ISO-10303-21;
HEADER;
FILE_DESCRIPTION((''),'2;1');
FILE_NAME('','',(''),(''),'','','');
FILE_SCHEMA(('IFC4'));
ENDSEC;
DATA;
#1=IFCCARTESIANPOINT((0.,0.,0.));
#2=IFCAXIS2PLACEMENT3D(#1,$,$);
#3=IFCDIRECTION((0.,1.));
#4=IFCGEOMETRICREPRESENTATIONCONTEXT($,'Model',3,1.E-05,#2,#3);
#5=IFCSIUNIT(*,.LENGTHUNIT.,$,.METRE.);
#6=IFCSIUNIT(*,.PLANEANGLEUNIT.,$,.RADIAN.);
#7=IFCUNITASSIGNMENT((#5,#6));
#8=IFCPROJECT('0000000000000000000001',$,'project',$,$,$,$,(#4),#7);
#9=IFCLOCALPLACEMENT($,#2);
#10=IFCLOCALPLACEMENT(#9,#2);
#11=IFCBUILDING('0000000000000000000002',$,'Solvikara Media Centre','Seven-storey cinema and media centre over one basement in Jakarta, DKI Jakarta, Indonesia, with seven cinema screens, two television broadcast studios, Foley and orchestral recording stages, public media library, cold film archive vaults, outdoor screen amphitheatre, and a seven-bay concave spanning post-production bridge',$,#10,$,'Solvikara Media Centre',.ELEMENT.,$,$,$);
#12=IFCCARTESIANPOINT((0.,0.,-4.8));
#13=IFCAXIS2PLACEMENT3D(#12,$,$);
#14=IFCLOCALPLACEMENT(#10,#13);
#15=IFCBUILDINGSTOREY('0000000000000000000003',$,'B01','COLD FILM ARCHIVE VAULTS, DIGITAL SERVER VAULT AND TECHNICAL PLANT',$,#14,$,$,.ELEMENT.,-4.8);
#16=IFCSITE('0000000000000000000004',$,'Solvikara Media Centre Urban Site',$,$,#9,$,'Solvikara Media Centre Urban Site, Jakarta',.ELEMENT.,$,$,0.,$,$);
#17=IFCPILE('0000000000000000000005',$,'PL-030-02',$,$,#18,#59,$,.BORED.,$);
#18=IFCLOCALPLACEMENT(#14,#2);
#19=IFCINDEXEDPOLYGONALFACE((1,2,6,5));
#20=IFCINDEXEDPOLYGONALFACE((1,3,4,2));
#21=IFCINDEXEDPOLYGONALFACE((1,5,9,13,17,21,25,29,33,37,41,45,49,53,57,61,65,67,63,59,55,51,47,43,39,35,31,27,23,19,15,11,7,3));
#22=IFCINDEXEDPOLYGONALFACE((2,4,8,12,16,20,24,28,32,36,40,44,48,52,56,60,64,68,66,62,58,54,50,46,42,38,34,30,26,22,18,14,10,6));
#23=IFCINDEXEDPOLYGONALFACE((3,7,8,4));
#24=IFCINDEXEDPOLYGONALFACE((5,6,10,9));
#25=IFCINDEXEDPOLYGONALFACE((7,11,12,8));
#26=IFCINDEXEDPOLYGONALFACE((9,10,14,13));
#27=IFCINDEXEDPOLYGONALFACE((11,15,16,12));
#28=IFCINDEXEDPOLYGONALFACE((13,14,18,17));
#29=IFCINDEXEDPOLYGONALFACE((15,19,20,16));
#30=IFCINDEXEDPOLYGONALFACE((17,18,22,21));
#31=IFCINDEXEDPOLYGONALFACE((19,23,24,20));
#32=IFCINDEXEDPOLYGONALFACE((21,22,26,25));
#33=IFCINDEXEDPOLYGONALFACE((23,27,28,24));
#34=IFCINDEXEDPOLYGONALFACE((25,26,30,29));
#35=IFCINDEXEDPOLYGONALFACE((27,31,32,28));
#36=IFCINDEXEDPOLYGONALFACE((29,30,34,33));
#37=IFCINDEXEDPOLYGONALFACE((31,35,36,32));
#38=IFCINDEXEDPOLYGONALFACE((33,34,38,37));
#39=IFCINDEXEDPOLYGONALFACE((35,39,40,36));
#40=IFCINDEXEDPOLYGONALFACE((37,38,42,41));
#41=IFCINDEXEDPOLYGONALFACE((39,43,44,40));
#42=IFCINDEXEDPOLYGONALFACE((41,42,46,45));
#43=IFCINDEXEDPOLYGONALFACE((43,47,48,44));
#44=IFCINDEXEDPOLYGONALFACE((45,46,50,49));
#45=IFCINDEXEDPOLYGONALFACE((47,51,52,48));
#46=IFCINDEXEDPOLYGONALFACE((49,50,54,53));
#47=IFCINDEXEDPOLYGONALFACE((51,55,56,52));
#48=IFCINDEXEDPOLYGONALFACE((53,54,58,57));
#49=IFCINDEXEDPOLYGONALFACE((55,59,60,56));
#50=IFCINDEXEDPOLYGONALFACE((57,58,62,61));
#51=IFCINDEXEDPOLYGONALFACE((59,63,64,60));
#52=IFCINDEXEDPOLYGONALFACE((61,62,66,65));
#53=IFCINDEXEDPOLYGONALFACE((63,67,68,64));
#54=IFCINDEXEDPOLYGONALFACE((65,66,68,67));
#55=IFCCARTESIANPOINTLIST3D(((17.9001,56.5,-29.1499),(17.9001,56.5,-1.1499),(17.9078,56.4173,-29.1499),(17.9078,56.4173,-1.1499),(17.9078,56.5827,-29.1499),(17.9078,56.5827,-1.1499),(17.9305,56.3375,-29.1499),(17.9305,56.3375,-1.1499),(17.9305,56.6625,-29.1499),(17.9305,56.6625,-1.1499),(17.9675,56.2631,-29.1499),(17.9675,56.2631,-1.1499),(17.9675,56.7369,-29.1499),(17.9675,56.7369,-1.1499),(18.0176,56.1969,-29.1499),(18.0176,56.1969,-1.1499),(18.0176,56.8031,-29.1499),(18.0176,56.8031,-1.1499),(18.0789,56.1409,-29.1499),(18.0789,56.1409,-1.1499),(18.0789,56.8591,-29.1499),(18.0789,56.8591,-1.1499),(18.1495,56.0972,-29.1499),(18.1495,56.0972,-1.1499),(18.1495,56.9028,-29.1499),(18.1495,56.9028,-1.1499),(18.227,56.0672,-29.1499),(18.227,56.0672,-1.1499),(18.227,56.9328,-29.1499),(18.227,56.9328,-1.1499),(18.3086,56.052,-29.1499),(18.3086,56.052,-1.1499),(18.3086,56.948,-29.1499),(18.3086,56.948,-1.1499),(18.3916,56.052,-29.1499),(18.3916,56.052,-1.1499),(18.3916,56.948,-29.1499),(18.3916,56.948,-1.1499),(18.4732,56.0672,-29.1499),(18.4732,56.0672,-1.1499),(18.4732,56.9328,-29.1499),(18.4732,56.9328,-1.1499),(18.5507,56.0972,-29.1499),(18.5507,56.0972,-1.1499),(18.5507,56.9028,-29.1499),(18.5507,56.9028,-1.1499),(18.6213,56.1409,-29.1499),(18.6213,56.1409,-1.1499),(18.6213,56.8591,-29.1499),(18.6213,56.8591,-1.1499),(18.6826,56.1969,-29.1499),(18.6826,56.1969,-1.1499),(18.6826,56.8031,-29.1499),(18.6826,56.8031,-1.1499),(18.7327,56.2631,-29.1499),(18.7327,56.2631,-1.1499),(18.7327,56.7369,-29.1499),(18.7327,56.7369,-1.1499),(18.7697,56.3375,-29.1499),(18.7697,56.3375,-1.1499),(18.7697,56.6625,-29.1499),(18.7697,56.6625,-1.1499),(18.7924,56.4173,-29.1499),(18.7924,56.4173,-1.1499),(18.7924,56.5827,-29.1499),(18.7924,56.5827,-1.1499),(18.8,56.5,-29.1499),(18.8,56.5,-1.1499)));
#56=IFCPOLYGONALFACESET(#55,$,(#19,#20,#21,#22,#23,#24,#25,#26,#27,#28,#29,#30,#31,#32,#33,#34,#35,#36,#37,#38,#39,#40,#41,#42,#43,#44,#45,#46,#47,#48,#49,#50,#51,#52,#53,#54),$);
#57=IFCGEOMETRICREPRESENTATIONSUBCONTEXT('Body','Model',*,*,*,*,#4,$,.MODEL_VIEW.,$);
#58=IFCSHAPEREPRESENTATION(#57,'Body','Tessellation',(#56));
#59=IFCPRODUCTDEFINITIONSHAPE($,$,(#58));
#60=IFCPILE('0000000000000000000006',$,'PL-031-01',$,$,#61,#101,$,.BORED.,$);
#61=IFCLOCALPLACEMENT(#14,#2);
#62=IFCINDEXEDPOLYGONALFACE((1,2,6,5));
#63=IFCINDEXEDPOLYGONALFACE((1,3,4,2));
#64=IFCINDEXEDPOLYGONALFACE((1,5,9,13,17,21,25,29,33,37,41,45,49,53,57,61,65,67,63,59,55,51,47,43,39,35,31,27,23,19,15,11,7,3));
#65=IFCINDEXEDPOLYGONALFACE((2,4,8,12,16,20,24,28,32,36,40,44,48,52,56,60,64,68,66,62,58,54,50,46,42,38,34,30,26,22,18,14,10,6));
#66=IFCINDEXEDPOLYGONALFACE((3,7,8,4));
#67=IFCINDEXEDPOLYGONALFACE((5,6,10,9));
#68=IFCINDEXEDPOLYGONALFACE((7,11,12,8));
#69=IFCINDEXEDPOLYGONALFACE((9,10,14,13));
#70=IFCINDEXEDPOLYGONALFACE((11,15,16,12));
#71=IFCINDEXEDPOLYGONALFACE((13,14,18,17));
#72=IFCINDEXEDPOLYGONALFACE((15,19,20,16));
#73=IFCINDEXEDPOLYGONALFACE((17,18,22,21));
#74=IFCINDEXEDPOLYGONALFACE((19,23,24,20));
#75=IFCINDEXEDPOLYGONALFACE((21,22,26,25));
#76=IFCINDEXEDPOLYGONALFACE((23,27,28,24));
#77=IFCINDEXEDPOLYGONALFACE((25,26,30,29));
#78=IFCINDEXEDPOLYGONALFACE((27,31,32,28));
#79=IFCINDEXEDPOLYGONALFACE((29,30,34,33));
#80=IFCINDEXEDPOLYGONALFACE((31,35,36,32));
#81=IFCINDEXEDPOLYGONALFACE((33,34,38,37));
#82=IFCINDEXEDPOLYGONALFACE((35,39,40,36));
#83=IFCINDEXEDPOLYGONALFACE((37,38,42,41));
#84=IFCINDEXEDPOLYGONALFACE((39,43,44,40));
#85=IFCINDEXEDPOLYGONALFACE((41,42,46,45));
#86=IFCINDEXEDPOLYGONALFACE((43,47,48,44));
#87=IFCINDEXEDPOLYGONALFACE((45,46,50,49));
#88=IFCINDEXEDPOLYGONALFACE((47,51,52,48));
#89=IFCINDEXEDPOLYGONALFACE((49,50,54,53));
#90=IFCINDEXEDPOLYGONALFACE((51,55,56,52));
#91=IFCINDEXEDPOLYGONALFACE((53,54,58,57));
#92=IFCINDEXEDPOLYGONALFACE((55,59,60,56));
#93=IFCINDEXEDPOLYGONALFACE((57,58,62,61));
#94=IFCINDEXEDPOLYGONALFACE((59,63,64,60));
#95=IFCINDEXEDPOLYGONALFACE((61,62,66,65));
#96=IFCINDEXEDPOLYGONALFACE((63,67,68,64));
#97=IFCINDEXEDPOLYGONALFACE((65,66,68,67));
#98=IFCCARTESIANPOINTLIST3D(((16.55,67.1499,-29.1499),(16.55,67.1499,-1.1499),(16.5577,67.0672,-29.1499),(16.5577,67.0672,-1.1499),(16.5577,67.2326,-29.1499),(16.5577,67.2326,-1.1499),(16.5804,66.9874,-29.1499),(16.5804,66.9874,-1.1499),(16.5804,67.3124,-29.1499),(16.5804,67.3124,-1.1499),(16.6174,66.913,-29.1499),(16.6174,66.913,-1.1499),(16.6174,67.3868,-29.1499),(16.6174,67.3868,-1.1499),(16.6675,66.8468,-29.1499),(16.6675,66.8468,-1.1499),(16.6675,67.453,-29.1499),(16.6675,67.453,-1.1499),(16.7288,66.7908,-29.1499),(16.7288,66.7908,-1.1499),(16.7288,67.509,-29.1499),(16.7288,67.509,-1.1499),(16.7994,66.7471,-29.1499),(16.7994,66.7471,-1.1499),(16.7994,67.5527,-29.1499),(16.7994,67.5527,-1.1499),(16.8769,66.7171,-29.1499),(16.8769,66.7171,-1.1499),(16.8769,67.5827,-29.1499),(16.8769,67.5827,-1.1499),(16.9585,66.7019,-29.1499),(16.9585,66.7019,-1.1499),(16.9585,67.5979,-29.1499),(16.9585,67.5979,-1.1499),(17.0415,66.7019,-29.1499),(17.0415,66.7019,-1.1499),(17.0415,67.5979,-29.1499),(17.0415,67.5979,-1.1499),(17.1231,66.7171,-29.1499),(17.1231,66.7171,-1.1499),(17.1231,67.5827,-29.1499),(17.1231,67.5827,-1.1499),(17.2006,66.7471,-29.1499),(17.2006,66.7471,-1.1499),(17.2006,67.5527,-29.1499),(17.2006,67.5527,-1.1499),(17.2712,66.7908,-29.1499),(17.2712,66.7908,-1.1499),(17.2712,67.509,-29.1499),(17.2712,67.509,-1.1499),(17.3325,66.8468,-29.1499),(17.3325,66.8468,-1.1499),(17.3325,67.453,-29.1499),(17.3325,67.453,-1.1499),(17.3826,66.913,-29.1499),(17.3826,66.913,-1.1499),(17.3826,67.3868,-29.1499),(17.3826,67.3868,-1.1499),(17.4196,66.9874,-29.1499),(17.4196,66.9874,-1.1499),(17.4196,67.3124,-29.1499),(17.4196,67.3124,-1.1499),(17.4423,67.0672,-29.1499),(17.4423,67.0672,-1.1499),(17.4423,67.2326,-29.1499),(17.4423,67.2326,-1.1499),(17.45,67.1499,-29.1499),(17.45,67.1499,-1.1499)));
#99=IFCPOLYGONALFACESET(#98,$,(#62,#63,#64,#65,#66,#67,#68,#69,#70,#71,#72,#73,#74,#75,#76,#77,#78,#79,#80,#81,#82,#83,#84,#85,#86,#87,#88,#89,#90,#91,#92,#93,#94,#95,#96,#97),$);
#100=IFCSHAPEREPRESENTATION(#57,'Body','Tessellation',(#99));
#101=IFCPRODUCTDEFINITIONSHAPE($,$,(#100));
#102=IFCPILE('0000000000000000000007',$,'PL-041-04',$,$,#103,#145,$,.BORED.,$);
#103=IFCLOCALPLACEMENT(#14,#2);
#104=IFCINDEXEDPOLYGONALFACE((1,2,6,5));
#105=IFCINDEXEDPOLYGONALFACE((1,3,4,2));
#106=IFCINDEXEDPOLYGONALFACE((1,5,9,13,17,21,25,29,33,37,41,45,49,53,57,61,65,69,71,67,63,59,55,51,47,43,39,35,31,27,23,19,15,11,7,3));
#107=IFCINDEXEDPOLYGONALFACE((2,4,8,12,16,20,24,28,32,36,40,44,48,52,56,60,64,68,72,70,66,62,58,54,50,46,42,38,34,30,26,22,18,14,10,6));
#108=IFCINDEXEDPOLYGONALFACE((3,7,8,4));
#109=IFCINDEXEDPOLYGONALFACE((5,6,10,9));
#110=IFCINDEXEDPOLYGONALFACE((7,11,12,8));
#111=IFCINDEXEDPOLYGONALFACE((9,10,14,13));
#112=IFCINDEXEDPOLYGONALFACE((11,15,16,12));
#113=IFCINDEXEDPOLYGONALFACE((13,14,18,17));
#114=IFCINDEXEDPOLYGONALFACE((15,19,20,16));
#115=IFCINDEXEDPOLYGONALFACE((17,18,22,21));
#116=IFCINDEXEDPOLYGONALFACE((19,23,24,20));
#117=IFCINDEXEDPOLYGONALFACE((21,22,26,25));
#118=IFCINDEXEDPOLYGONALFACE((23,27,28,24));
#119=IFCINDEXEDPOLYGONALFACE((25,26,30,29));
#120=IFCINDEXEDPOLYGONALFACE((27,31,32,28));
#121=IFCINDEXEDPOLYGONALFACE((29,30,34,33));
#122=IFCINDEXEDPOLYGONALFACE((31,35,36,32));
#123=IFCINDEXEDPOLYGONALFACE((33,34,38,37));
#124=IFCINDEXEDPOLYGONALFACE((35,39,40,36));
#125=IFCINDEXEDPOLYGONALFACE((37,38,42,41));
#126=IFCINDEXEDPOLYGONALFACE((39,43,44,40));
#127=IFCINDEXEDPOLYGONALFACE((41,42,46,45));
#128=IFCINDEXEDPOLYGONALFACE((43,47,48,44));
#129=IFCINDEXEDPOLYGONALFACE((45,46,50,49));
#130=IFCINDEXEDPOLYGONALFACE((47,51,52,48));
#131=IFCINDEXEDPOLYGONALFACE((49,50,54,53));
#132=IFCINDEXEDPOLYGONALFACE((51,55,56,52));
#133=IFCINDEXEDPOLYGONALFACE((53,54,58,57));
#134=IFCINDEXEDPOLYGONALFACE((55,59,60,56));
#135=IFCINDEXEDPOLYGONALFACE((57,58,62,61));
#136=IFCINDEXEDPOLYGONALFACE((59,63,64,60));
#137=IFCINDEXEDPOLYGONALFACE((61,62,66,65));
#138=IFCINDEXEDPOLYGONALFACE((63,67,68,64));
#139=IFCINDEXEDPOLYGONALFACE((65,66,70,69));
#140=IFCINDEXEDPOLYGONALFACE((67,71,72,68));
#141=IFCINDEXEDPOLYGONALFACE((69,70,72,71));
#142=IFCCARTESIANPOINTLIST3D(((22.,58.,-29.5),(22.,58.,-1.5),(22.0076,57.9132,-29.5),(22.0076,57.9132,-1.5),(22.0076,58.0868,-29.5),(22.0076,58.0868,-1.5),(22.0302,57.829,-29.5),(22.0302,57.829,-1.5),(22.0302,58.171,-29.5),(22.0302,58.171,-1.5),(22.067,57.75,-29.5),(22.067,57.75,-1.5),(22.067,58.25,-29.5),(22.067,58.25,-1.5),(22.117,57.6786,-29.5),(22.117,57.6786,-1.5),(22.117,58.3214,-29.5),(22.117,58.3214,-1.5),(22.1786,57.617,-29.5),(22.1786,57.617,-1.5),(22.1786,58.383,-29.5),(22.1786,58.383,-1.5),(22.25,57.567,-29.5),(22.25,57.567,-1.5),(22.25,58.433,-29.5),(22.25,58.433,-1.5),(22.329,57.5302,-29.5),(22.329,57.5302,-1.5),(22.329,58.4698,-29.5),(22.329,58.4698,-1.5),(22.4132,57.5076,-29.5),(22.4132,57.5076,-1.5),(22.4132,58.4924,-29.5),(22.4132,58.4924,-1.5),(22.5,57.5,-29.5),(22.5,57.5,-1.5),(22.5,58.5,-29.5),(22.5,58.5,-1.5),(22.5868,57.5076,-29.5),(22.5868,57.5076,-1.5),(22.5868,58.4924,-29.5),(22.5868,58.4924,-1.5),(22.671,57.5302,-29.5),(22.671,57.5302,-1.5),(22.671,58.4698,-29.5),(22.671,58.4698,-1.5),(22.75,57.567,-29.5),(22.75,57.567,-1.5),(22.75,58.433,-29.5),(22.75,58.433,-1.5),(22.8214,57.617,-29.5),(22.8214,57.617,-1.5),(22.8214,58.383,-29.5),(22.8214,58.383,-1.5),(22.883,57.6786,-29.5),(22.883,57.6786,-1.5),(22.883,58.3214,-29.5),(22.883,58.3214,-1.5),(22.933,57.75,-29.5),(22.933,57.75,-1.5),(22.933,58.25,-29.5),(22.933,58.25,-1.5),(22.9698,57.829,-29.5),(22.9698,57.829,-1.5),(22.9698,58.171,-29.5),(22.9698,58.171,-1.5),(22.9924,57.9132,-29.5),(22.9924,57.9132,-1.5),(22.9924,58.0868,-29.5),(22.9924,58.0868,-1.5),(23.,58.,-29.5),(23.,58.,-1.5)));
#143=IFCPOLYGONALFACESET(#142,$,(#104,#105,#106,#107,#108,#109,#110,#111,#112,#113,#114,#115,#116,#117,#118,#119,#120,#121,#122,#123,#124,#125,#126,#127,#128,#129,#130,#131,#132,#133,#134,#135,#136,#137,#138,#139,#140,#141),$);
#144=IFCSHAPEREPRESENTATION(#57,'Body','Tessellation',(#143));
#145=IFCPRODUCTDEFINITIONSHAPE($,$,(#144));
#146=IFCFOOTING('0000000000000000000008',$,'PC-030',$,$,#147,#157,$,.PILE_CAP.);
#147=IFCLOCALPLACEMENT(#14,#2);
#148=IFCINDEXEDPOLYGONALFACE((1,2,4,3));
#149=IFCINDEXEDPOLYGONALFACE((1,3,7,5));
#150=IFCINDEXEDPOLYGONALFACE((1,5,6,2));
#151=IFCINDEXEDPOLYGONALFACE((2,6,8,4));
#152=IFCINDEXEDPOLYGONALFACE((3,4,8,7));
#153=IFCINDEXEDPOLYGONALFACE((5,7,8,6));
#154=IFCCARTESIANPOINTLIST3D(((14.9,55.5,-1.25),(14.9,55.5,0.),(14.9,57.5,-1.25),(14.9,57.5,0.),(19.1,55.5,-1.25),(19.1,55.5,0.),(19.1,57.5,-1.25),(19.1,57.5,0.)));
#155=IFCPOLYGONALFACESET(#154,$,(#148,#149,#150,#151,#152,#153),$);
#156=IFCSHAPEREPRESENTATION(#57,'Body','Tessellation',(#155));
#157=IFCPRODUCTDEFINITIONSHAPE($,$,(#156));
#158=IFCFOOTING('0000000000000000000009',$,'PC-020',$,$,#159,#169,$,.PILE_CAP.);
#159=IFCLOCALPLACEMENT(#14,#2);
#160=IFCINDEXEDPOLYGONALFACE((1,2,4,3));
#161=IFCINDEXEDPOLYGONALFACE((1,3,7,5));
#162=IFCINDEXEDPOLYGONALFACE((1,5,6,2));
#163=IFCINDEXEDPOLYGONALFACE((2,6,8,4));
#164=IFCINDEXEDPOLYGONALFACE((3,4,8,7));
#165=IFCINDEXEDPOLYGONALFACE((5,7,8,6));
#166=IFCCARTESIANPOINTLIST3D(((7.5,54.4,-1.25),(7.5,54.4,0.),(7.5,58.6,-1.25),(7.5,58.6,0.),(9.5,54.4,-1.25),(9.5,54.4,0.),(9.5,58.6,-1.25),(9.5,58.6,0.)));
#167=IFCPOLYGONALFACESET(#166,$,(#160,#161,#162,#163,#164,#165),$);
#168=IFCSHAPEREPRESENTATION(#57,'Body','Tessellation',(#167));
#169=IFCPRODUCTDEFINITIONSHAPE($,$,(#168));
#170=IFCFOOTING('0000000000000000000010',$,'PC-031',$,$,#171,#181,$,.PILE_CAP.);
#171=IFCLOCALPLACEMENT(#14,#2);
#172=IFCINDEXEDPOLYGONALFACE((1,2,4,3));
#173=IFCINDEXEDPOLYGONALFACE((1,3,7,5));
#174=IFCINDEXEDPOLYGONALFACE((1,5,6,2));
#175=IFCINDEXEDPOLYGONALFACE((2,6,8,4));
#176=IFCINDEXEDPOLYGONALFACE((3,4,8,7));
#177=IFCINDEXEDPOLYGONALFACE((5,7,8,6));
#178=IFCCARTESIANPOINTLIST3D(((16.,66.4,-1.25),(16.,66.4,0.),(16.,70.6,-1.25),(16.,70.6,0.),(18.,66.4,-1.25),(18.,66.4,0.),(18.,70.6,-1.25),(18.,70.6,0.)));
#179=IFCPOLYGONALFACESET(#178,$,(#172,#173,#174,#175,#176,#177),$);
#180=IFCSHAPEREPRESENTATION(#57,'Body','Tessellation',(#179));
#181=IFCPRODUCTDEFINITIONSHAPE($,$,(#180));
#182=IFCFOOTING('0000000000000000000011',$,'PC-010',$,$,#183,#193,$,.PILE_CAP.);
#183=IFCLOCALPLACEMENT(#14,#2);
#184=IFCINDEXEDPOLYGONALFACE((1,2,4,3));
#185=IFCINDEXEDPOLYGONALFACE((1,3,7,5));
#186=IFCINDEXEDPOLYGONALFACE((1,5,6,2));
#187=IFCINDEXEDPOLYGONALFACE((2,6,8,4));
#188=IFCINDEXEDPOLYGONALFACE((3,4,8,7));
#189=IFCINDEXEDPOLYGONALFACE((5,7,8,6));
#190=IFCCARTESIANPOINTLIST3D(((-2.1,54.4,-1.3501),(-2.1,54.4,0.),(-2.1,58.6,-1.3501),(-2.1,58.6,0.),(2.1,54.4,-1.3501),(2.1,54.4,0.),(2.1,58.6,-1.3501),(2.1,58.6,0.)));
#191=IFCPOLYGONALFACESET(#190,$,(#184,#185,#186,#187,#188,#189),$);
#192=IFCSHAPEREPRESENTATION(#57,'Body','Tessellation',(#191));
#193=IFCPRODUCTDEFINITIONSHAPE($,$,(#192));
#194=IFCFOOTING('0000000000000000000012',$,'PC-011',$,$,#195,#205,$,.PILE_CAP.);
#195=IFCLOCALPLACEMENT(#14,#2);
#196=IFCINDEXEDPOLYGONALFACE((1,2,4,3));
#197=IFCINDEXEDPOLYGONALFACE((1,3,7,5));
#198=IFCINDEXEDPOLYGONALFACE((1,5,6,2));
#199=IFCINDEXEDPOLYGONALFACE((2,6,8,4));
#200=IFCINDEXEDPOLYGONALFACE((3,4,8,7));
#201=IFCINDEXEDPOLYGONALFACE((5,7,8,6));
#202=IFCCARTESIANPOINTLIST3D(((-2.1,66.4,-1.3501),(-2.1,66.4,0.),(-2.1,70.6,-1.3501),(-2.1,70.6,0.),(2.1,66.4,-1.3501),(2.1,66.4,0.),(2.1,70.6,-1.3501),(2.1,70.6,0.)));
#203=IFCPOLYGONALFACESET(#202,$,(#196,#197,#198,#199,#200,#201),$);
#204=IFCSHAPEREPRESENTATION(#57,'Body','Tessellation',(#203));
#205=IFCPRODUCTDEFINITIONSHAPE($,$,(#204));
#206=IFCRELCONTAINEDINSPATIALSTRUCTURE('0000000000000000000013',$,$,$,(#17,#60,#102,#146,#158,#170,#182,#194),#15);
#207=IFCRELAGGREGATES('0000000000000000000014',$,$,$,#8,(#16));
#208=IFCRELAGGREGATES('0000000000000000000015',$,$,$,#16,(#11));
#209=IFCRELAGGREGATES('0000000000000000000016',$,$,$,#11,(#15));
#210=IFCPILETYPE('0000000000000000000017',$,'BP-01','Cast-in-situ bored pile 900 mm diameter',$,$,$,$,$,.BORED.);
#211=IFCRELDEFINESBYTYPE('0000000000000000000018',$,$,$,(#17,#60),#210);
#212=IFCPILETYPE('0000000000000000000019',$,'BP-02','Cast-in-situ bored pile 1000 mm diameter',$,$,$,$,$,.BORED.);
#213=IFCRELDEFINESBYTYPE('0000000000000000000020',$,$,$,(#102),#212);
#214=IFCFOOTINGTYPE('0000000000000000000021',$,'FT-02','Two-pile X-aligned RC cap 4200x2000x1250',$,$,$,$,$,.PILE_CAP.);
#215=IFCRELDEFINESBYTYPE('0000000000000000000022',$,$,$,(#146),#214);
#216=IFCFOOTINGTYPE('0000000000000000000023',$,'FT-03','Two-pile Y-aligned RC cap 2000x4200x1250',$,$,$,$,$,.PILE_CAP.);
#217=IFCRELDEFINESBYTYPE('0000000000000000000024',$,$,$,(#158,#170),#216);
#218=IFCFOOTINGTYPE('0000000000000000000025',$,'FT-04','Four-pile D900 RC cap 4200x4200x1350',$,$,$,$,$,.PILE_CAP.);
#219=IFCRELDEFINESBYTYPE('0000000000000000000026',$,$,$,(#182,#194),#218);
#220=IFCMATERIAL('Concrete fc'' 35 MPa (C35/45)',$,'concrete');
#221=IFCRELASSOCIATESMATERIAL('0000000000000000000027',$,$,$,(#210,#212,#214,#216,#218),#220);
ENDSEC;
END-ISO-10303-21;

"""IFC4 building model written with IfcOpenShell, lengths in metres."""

from ifc_helpers import new_model, si_unit, direction, frame, origin, origin_2d, place, context, subcontext, project, spatial, rectangle, circle, extrude, material, material_profile, profile_set, type_object, element, save


model = new_model("IFC4")

# Units and contexts
model_context = context("Model", 3, precision=1e-05, world=origin(), true_north=direction((0.0, 1.0)))
body_context = subcontext(model_context, "Body", "Model", "MODEL_VIEW")
ifc_project = project(units=[si_unit("LENGTHUNIT", "METRE"), si_unit("PLANEANGLEUNIT", "RADIAN")], contexts=[model_context])

# Site, building, storey
site_placement = place(None, origin())
site = spatial("IfcSite", under=ifc_project, at=site_placement, Name="Solvikara Media Centre Urban Site", LongName="Solvikara Media Centre Urban Site, Jakarta", CompositionType="ELEMENT", RefElevation=0.0)
building_placement = place(site_placement, origin())
building = spatial("IfcBuilding", under=site, at=building_placement, Name="Solvikara Media Centre", Description="Seven-storey cinema and media centre over one basement in Jakarta, DKI Jakarta, Indonesia, with seven cinema screens, two television broadcast studios, Foley and orchestral recording stages, public media library, cold film archive vaults, outdoor screen amphitheatre, and a seven-bay concave spanning post-production bridge", LongName="Solvikara Media Centre", CompositionType="ELEMENT")
storey_placement = place(building_placement, frame((0.0, 0.0, -4.8)))
storey = spatial("IfcBuildingStorey", under=building, at=storey_placement, Name="B01", Description="COLD FILM ARCHIVE VAULTS, DIGITAL SERVER VAULT AND TECHNICAL PLANT", CompositionType="ELEMENT", Elevation=-4.8)

# Piles
ifc_material_1 = material(Name="Concrete fc' 35 MPa (C35/45)", Category="concrete")
ifc_material_profile_1 = material_profile(ifc_material_1, circle(Radius=0.45, at=origin_2d()), Name="BORED PILE D900")
ifc_profile_set_1 = profile_set([ifc_material_profile_1], Name="Concrete fc' 35 MPa (C35/45)")
pile_type_1 = type_object("IfcPileType", Name="BP-01", Description="Cast-in-situ bored pile 900 mm diameter", PredefinedType="BORED", material=ifc_profile_set_1)
for number, where, z_axis, x_axis, name in (
    (1, (18.3501, 56.5, -1.1499), (0.0, 0.0, -1.0), (1.0, 0.0, 0.0), "PL-030-02"),
    (2, (17.0, 67.1499, -1.1499), (0.0, 0.0, -1.0), (1.0, 0.0, 0.0), "PL-031-01"),
):
    element("IfcPile", number, at=place(storey_placement, frame(where, z_axis=z_axis, x_axis=x_axis)), inside=storey, type_object=pile_type_1, Name=name, PredefinedType="BORED", context=body_context, shape_type="SweptSolid", body=[
        extrude(circle(Radius=0.45, at=origin_2d()), origin(), (0.0, 0.0, 1.0), 28.0),
    ])
ifc_material_profile_2 = material_profile(ifc_material_1, circle(Radius=0.5, at=origin_2d()), Name="BORED PILE D1000")
ifc_profile_set_2 = profile_set([ifc_material_profile_2], Name="Concrete fc' 35 MPa (C35/45)")
pile_type_2 = type_object("IfcPileType", Name="BP-02", Description="Cast-in-situ bored pile 1000 mm diameter", PredefinedType="BORED", material=ifc_profile_set_2)
pile_placement = place(storey_placement, frame((22.5, 58.0, -1.5), z_axis=(0.0, 0.0, -1.0), x_axis=(1.0, 0.0, 0.0)))
element("IfcPile", 3, at=pile_placement, inside=storey, type_object=pile_type_2, Name="PL-041-04", PredefinedType="BORED", context=body_context, shape_type="SweptSolid", body=[
    extrude(circle(Radius=0.5, at=origin_2d()), origin(), (0.0, 0.0, 1.0), 28.0),
])

# Footings
footing_type_1 = type_object("IfcFootingType", Name="FT-02", Description="Two-pile X-aligned RC cap 4200x2000x1250", PredefinedType="PILE_CAP", material=ifc_material_1)
footing_1_placement = place(storey_placement, frame((17.0, 56.5, -1.25), z_axis=(0.0, 0.0, 1.0), x_axis=(1.0, 0.0, 0.0)))
element("IfcFooting", 4, at=footing_1_placement, inside=storey, type_object=footing_type_1, Name="PC-030", PredefinedType="PILE_CAP", context=body_context, shape_type="SweptSolid", body=[
    extrude(rectangle(XDim=4.2, YDim=2.0, at=origin_2d()), origin(), (0.0, 0.0, 1.0), 1.25),
])
footing_type_2 = type_object("IfcFootingType", Name="FT-03", Description="Two-pile Y-aligned RC cap 2000x4200x1250", PredefinedType="PILE_CAP", material=ifc_material_1)
for number, where, z_axis, x_axis, name in (
    (5, (8.5, 56.5, -1.25), (0.0, 0.0, 1.0), (1.0, 0.0, 0.0), "PC-020"),
    (6, (17.0, 68.5, -1.25), (0.0, 0.0, 1.0), (1.0, 0.0, 0.0), "PC-031"),
):
    element("IfcFooting", number, at=place(storey_placement, frame(where, z_axis=z_axis, x_axis=x_axis)), inside=storey, type_object=footing_type_2, Name=name, PredefinedType="PILE_CAP", context=body_context, shape_type="SweptSolid", body=[
        extrude(rectangle(XDim=2.0, YDim=4.2, at=origin_2d()), origin(), (0.0, 0.0, 1.0), 1.25),
    ])
footing_type_3 = type_object("IfcFootingType", Name="FT-04", Description="Four-pile D900 RC cap 4200x4200x1350", PredefinedType="PILE_CAP", material=ifc_material_1)
for number, where, z_axis, x_axis, name in (
    (7, (0.0, 56.5, -1.3501), (0.0, 0.0, 1.0), (1.0, 0.0, 0.0), "PC-010"),
    (8, (0.0, 68.5, -1.3501), (0.0, 0.0, 1.0), (1.0, 0.0, 0.0), "PC-011"),
):
    element("IfcFooting", number, at=place(storey_placement, frame(where, z_axis=z_axis, x_axis=x_axis)), inside=storey, type_object=footing_type_3, Name=name, PredefinedType="PILE_CAP", context=body_context, shape_type="SweptSolid", body=[
        extrude(rectangle(XDim=4.2, YDim=4.2, at=origin_2d()), origin(), (0.0, 0.0, 1.0), 1.3501),
    ])

save(model, "model.ifc")
